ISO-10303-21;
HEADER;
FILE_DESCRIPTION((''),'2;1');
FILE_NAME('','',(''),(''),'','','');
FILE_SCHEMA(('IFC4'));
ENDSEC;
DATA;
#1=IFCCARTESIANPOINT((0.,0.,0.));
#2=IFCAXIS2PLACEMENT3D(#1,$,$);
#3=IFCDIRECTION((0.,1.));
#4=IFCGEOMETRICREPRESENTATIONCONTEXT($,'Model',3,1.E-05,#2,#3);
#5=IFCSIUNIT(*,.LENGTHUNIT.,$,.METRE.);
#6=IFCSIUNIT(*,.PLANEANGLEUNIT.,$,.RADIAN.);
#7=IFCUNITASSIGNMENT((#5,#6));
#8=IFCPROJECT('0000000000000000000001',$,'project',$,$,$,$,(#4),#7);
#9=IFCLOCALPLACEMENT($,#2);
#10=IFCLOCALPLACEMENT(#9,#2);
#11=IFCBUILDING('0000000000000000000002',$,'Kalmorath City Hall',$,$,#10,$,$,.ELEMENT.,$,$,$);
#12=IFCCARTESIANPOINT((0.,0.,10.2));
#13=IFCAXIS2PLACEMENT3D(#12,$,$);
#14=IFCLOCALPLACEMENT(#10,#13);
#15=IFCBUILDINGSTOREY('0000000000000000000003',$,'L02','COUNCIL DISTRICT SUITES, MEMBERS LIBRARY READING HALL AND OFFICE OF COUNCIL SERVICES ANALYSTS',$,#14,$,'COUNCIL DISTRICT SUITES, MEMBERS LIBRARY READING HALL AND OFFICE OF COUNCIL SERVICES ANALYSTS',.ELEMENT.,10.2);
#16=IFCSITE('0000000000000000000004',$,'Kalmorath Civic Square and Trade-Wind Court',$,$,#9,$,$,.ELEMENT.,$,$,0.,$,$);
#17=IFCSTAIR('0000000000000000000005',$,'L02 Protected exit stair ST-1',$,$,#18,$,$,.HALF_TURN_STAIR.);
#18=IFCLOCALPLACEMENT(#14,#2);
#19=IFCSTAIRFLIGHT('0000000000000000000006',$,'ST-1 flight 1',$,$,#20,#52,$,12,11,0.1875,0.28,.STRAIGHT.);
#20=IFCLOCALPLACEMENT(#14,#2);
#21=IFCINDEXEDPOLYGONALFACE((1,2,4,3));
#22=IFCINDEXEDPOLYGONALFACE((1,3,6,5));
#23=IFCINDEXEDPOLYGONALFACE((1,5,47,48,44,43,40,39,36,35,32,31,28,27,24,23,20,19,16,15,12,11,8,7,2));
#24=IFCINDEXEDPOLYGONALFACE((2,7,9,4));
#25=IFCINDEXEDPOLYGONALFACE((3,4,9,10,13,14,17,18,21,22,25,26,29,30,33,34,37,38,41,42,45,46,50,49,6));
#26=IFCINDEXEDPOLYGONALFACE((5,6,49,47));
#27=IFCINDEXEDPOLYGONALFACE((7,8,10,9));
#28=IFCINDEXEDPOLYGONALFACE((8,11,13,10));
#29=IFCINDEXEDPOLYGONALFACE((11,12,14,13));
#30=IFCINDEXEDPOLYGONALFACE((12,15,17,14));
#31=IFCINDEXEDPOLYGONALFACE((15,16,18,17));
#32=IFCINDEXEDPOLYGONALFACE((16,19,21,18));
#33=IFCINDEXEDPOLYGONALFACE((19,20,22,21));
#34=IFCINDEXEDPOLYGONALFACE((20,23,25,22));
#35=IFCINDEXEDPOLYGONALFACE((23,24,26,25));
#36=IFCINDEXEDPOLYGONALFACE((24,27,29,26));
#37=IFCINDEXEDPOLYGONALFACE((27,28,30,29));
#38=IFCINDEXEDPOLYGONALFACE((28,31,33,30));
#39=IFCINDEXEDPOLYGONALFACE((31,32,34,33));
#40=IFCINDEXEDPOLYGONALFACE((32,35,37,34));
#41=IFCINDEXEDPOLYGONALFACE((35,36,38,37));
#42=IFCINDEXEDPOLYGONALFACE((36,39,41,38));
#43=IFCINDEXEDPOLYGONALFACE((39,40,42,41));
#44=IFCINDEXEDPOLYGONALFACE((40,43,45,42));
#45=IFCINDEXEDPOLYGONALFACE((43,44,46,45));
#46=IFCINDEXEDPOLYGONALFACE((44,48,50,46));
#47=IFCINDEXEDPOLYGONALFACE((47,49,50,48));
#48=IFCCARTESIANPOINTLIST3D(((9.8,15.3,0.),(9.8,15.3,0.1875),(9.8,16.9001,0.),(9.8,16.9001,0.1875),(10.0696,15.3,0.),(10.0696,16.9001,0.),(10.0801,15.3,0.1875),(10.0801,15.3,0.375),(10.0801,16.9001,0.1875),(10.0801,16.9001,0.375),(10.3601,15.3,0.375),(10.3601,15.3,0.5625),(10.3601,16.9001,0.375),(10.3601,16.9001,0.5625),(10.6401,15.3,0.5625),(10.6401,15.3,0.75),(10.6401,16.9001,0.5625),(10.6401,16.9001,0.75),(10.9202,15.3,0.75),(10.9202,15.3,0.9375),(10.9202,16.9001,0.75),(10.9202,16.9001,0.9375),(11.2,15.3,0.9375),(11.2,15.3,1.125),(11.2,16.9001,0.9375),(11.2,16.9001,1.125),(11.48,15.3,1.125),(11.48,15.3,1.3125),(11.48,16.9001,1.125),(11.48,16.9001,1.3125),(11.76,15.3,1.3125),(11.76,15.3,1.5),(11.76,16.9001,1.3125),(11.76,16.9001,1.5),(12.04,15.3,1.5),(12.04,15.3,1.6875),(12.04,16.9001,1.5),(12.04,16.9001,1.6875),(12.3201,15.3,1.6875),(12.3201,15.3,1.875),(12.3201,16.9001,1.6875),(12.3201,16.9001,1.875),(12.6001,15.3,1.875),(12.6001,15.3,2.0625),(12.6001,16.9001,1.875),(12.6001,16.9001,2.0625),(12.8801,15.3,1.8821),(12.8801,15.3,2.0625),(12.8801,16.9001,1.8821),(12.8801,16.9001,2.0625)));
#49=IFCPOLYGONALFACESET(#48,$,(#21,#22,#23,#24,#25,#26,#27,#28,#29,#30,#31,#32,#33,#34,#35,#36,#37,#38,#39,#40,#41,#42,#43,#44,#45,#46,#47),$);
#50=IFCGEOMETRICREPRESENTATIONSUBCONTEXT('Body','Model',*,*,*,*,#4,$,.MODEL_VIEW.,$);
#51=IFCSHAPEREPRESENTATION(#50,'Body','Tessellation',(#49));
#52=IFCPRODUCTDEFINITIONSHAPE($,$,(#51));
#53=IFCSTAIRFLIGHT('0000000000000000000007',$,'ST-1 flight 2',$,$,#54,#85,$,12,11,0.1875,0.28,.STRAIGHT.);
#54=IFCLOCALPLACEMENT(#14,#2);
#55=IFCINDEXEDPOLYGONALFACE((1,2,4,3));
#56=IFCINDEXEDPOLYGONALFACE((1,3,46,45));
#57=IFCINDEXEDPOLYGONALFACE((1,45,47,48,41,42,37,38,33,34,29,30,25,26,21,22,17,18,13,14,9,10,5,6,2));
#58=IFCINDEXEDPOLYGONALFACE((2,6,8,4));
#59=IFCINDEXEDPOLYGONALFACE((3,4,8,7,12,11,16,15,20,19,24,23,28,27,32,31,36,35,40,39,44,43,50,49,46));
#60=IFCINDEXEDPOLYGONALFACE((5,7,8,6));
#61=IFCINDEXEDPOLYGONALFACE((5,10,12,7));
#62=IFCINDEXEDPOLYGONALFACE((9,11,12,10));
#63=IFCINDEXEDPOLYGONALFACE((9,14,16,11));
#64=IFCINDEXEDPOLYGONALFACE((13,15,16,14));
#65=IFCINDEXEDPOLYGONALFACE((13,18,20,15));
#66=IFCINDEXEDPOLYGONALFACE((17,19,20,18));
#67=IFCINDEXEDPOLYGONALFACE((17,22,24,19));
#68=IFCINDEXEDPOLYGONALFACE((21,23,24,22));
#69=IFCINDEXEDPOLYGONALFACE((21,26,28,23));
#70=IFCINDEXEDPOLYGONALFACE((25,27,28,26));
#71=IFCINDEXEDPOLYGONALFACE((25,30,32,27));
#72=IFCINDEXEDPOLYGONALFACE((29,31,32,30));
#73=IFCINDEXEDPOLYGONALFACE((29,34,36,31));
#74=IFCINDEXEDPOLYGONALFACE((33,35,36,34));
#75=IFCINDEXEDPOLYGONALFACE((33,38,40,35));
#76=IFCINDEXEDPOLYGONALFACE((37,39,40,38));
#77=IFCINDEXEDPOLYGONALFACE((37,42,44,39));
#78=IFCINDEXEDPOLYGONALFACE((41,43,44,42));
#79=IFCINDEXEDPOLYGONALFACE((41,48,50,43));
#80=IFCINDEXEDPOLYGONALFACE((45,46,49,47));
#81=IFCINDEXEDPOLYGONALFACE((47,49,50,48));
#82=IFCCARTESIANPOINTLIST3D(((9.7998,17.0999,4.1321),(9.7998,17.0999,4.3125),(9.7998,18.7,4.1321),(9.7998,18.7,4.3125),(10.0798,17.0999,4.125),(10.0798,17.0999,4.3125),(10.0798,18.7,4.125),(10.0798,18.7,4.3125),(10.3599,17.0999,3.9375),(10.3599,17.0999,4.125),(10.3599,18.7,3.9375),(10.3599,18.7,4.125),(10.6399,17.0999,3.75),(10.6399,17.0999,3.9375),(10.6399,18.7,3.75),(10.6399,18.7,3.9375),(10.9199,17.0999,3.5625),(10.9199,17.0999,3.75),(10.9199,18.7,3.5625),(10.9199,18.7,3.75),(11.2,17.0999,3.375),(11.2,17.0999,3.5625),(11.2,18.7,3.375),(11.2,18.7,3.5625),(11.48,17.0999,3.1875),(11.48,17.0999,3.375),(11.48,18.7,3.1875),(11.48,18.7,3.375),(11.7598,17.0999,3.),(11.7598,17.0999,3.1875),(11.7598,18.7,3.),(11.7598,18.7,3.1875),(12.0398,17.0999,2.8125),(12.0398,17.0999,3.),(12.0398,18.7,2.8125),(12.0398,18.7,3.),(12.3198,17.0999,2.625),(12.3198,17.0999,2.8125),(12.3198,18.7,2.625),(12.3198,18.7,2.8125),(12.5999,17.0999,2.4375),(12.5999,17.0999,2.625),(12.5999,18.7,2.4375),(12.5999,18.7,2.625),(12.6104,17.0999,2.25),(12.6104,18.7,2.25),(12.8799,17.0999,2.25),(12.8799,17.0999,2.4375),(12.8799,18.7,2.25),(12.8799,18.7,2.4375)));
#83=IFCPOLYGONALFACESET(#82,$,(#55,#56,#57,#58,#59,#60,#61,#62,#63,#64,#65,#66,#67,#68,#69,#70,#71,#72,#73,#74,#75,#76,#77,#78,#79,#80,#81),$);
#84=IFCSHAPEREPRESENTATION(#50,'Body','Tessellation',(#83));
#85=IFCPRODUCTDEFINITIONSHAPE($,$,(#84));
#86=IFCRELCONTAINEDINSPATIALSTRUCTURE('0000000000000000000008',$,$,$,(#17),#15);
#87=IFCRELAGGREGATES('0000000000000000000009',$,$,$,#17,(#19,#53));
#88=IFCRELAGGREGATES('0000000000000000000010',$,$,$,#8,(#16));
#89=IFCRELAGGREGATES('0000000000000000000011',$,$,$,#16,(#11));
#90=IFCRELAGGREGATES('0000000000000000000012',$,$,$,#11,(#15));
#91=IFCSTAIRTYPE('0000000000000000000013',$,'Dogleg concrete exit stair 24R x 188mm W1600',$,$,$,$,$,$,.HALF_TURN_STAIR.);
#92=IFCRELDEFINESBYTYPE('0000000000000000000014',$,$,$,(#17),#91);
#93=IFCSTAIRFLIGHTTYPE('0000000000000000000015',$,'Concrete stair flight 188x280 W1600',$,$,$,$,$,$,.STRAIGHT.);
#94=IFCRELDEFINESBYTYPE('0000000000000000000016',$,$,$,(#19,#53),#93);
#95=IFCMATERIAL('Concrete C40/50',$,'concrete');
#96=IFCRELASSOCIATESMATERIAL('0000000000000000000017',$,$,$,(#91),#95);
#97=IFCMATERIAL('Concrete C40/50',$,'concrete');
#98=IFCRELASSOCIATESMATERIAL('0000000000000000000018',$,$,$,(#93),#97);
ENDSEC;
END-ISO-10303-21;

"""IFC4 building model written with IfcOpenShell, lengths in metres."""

from ifc_helpers import new_model, si_unit, direction, frame, origin, place, context, subcontext, project, spatial, polyline, outline, extrude, material, type_object, element, aggregate, save


model = new_model("IFC4")

# Units and contexts
model_context = context("Model", 3, precision=1e-05, world=origin(), true_north=direction((0.0, 1.0)))
body_context = subcontext(model_context, "Body", "Model", "MODEL_VIEW")
ifc_project = project(units=[si_unit("LENGTHUNIT", "METRE"), si_unit("PLANEANGLEUNIT", "RADIAN")], contexts=[model_context])

# Site, building, storey
site_placement = place(None, origin())
site = spatial("IfcSite", under=ifc_project, at=site_placement, Name="Kalmorath Civic Square and Trade-Wind Court", CompositionType="ELEMENT", RefElevation=0.0)
building_placement = place(site_placement, origin())
building = spatial("IfcBuilding", under=site, at=building_placement, Name="Kalmorath City Hall", CompositionType="ELEMENT")
storey_placement = place(building_placement, frame((0.0, 0.0, 10.2)))
storey = spatial("IfcBuildingStorey", under=building, at=storey_placement, Name="L02", Description="COUNCIL DISTRICT SUITES, MEMBERS LIBRARY READING HALL AND OFFICE OF COUNCIL SERVICES ANALYSTS", LongName="COUNCIL DISTRICT SUITES, MEMBERS LIBRARY READING HALL AND OFFICE OF COUNCIL SERVICES ANALYSTS", CompositionType="ELEMENT", Elevation=10.2)

# Stair, stair flights
ifc_material_1 = material(Name="Concrete C40/50", Category="concrete")
stair_type = type_object("IfcStairType", Name="Dogleg concrete exit stair 24R x 188mm W1600", PredefinedType="HALF_TURN_STAIR", material=ifc_material_1)
stair_placement = place(storey_placement, origin())
stair = element("IfcStair", 1, at=stair_placement, inside=storey, type_object=stair_type, Name="L02 Protected exit stair ST-1", PredefinedType="HALF_TURN_STAIR")
ifc_material_2 = material(Name="Concrete C40/50", Category="concrete")
stair_flight_type = type_object("IfcStairFlightType", Name="Concrete stair flight 188x280 W1600", PredefinedType="STRAIGHT", material=ifc_material_2)
stair_flight_1_placement = place(storey_placement, frame((9.8, 16.1001, 0.0), z_axis=(0.0, 0.0, 1.0), x_axis=(1.0, 0.0, 0.0)))
stair_flight_1 = element("IfcStairFlight", 2, at=stair_flight_1_placement, type_object=stair_flight_type, Name="ST-1 flight 1", NumberOfRisers=12, NumberOfTreads=11, PredefinedType="STRAIGHT", RiserHeight=0.1875, TreadLength=0.28, context=body_context, shape_type="SweptSolid", body=[
    extrude(outline(polyline([(0.0, 0.0), (0.0, 0.1875), (0.28, 0.1875), (0.28, 0.375), (0.5601, 0.375), (0.5601, 0.5625), (0.8401, 0.5625), (0.8401, 0.75), (1.1201, 0.75), (1.1201, 0.9375), (1.3999, 0.9375), (1.3999, 1.125), (1.6799, 1.125), (1.6799, 1.3125), (1.96, 1.3125), (1.96, 1.5), (2.24, 1.5), (2.24, 1.6875), (2.52, 1.6875), (2.52, 1.875), (2.8, 1.875), (2.8, 2.0625), (3.0801, 2.0625), (3.0801, 2.25), (3.0801, 1.8821), (0.2695, 0.0), (0.0, 0.0)])), frame((0.0, 0.8, 0.0), z_axis=(0.0, -1.0, 0.0), x_axis=(1.0, 0.0, 0.0)), (0.0, 0.0, 1.0), 1.6001),
])
stair_flight_2_placement = place(storey_placement, frame((12.8799, 17.8999, 2.25), z_axis=(0.0, 0.0, 1.0), x_axis=(-1.0, 0.0, 0.0)))
stair_flight_2 = element("IfcStairFlight", 3, at=stair_flight_2_placement, type_object=stair_flight_type, Name="ST-1 flight 2", NumberOfRisers=12, NumberOfTreads=11, PredefinedType="STRAIGHT", RiserHeight=0.1875, TreadLength=0.28, context=body_context, shape_type="SweptSolid", body=[
    extrude(outline(polyline([(0.0, 0.0), (0.0, 0.1875), (0.28, 0.1875), (0.28, 0.375), (0.5601, 0.375), (0.5601, 0.5625), (0.8401, 0.5625), (0.8401, 0.75), (1.1201, 0.75), (1.1201, 0.9375), (1.3999, 0.9375), (1.3999, 1.125), (1.6799, 1.125), (1.6799, 1.3125), (1.96, 1.3125), (1.96, 1.5), (2.24, 1.5), (2.24, 1.6875), (2.52, 1.6875), (2.52, 1.875), (2.8, 1.875), (2.8, 2.0625), (3.0801, 2.0625), (3.0801, 2.25), (3.0801, 1.8821), (0.2695, 0.0), (0.0, 0.0)])), frame((0.0, 0.8, 0.0), z_axis=(0.0, -1.0, 0.0), x_axis=(1.0, 0.0, 0.0)), (0.0, 0.0, 1.0), 1.6001),
])
aggregate(stair, [stair_flight_1, stair_flight_2])

save(model, "model.ifc")
